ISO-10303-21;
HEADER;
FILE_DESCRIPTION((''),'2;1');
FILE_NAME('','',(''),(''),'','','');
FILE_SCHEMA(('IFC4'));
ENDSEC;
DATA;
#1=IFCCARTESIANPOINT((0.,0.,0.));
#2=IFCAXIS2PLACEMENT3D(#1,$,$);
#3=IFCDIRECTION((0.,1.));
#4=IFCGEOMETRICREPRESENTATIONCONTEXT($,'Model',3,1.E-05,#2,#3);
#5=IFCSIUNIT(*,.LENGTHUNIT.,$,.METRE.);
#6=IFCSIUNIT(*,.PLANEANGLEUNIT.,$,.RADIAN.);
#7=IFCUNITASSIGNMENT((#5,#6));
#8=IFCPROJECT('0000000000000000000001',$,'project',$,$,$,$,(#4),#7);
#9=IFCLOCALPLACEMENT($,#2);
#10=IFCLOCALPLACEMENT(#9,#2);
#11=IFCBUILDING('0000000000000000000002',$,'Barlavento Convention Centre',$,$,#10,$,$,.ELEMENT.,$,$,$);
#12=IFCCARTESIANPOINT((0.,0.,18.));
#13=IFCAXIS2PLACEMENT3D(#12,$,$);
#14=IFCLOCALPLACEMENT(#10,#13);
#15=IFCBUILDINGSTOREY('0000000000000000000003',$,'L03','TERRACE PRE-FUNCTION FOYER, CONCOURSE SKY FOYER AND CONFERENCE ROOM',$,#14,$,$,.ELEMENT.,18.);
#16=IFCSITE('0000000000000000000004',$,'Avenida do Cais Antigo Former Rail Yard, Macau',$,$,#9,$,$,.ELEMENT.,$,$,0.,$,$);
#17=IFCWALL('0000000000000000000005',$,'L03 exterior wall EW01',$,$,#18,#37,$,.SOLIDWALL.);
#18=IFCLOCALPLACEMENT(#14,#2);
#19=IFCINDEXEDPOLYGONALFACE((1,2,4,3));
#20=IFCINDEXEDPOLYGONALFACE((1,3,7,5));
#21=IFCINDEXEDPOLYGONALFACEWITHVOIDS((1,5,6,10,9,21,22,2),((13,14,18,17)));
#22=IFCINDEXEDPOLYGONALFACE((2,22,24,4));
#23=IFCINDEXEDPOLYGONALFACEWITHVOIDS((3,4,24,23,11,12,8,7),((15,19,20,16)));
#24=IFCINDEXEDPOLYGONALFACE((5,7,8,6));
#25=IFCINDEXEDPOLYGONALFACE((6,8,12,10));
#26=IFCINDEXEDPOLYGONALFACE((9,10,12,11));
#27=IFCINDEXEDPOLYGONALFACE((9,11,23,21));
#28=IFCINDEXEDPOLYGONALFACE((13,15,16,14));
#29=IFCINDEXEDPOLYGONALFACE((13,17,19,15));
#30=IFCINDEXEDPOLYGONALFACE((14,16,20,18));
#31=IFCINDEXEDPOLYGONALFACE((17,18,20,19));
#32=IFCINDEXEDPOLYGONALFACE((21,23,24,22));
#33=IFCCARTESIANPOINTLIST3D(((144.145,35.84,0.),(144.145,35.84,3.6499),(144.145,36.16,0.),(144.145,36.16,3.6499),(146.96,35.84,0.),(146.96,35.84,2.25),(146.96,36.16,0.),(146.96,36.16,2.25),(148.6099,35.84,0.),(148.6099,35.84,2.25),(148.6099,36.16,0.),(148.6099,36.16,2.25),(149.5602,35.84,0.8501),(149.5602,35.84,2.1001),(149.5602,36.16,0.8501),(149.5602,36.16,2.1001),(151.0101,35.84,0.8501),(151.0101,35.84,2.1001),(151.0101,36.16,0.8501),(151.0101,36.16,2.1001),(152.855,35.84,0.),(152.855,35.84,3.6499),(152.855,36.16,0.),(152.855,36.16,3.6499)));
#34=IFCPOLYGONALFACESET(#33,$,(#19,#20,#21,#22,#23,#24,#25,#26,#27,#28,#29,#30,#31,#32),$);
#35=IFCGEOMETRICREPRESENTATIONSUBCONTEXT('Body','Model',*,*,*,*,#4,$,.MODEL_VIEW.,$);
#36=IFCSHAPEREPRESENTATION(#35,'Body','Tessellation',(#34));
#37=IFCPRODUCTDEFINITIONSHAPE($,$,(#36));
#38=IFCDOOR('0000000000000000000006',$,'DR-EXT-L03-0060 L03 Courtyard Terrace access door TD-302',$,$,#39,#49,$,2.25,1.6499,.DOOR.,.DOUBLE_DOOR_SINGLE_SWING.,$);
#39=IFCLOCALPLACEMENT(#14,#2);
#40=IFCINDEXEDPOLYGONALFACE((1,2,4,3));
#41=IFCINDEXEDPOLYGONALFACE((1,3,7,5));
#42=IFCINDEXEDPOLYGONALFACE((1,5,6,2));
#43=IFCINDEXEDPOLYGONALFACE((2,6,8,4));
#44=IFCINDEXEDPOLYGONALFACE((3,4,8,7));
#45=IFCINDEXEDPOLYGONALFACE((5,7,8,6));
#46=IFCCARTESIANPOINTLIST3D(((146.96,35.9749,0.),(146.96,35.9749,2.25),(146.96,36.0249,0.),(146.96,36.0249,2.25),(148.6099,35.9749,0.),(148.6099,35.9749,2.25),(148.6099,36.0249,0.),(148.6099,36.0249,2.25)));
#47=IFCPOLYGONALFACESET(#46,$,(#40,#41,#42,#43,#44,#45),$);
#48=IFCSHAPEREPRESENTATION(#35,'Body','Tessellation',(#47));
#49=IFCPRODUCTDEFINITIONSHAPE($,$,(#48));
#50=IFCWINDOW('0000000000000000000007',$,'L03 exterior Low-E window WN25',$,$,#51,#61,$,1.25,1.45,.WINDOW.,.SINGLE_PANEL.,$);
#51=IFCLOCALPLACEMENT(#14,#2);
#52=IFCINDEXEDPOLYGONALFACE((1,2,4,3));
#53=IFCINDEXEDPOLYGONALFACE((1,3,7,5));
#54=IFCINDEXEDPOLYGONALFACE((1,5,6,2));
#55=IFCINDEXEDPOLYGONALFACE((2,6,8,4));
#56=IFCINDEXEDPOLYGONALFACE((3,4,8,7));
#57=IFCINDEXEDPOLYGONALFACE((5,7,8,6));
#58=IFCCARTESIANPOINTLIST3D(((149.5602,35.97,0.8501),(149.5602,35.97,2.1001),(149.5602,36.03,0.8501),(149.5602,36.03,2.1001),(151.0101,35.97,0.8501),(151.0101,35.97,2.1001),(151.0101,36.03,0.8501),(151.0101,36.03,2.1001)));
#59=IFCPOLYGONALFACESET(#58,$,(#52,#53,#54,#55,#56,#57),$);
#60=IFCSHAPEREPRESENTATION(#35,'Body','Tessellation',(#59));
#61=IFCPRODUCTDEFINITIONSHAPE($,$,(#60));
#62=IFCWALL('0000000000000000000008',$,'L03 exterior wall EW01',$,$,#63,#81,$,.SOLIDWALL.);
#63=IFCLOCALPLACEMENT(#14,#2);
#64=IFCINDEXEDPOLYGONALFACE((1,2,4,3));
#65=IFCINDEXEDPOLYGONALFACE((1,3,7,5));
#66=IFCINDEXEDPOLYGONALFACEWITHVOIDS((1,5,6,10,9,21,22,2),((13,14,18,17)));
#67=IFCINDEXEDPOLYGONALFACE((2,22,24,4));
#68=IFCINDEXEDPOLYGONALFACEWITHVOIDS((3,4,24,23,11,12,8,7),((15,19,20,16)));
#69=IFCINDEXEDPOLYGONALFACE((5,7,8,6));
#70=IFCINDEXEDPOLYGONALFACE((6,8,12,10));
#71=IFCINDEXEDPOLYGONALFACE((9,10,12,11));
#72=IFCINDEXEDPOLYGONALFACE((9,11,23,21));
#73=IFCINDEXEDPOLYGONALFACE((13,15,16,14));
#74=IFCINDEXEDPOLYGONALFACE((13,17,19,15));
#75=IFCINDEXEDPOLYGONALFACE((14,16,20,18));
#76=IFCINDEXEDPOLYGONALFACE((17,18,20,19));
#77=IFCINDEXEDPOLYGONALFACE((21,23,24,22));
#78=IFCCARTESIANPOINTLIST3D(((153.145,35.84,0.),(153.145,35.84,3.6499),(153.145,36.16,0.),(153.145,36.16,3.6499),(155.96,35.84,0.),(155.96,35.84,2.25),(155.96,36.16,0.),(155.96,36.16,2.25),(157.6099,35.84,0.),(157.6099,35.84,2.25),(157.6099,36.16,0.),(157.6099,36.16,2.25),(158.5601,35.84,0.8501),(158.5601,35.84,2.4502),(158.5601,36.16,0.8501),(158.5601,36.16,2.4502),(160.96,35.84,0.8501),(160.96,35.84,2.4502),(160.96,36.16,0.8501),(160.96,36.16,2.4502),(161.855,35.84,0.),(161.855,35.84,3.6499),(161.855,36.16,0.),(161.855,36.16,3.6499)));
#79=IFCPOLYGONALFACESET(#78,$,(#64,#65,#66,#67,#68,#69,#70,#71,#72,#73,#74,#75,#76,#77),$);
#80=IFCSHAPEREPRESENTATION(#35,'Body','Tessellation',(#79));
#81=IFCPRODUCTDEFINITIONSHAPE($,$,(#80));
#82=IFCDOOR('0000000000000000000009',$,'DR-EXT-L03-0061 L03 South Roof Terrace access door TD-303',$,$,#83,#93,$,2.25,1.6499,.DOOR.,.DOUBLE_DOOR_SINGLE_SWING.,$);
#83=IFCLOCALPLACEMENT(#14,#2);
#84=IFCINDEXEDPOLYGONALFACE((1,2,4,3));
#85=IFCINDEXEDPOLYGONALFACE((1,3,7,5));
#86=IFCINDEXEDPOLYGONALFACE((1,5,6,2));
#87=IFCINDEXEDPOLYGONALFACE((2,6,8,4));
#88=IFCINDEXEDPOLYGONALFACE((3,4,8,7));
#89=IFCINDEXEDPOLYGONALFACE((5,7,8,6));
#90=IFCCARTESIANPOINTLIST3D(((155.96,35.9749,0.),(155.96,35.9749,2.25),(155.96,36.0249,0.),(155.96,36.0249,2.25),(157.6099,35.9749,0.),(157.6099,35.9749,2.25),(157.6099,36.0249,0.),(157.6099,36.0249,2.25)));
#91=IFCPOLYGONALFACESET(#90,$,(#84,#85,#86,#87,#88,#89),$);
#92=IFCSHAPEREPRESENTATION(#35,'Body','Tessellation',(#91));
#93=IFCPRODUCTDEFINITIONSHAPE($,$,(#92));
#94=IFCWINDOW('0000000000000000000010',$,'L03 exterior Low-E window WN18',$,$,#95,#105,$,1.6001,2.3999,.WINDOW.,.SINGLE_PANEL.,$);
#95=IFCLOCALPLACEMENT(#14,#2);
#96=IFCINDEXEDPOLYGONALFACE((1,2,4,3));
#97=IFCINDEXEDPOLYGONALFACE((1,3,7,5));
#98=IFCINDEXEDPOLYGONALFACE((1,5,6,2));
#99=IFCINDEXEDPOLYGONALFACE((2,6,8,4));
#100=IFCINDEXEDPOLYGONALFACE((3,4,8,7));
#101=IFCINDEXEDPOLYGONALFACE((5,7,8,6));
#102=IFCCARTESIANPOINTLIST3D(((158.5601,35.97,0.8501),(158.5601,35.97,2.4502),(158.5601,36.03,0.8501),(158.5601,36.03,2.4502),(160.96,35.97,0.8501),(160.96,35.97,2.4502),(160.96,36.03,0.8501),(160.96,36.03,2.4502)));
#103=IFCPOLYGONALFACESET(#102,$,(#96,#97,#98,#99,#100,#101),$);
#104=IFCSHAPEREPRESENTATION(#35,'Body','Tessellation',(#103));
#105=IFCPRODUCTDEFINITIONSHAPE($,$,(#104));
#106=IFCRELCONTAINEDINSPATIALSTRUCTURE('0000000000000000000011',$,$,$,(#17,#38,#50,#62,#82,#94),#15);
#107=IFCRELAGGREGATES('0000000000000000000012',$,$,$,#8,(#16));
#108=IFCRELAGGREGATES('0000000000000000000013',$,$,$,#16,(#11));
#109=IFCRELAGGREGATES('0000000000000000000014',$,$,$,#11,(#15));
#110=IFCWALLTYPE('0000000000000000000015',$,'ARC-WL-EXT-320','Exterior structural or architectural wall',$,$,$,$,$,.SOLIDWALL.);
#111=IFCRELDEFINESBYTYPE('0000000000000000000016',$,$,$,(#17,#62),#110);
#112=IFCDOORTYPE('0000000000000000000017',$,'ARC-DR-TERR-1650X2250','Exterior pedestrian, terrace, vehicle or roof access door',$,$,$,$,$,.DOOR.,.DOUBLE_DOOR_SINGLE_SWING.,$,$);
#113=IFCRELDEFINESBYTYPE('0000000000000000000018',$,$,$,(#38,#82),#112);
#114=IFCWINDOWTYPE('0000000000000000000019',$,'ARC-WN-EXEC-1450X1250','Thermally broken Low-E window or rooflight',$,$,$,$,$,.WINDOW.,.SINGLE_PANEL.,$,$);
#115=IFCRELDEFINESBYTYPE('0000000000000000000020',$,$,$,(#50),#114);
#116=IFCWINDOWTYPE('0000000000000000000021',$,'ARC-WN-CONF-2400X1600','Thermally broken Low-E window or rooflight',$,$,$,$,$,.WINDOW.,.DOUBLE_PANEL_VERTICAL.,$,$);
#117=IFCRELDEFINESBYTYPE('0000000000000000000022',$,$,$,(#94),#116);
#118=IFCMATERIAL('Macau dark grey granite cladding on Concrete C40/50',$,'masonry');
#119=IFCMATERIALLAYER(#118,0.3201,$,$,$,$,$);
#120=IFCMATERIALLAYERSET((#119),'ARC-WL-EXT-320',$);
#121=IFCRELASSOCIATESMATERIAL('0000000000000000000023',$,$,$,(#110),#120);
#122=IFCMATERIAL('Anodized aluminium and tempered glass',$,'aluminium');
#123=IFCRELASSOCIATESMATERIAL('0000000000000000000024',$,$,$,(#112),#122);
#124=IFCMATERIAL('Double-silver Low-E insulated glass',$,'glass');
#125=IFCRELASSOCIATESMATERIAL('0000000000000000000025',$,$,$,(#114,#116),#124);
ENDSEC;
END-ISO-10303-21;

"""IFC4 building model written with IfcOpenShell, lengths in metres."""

from ifc_helpers import new_model, si_unit, direction, frame, frame_2d, origin, place, context, subcontext, project, spatial, rectangle, extrude, material, layer, layer_set, type_object, element, fill, save


model = new_model("IFC4")

# Units and contexts
model_context = context("Model", 3, precision=1e-05, world=origin(), true_north=direction((0.0, 1.0)))
body_context = subcontext(model_context, "Body", "Model", "MODEL_VIEW")
ifc_project = project(units=[si_unit("LENGTHUNIT", "METRE"), si_unit("PLANEANGLEUNIT", "RADIAN")], contexts=[model_context])

# Site, building, storey
site_placement = place(None, origin())
site = spatial("IfcSite", under=ifc_project, at=site_placement, Name="Avenida do Cais Antigo Former Rail Yard, Macau", CompositionType="ELEMENT", RefElevation=0.0)
building_placement = place(site_placement, origin())
building = spatial("IfcBuilding", under=site, at=building_placement, Name="Barlavento Convention Centre", CompositionType="ELEMENT")
storey_placement = place(building_placement, frame((0.0, 0.0, 18.0)))
storey = spatial("IfcBuildingStorey", under=building, at=storey_placement, Name="L03", Description="TERRACE PRE-FUNCTION FOYER, CONCOURSE SKY FOYER AND CONFERENCE ROOM", CompositionType="ELEMENT", Elevation=18.0)

# Walls, openings, doors, windows
ifc_material_1 = material(Name="Macau dark grey granite cladding on Concrete C40/50", Category="masonry")
ifc_layer_1 = layer(ifc_material_1, 0.3201)
ifc_layer_set_1 = layer_set([ifc_layer_1], Name="ARC-WL-EXT-320")
wall_type = type_object("IfcWallType", Name="ARC-WL-EXT-320", Description="Exterior structural or architectural wall", PredefinedType="SOLIDWALL", material=ifc_layer_set_1)
wall_1_placement = place(storey_placement, frame((144.145, 36.0, 0.0), z_axis=(0.0, 0.0, 1.0), x_axis=(1.0, 0.0, 0.0)))
wall_1 = element("IfcWall", 1, at=wall_1_placement, inside=storey, type_object=wall_type, Name="L03 exterior wall EW01", PredefinedType="SOLIDWALL", context=body_context, shape_type="SweptSolid", body=[
    extrude(rectangle(XDim=8.71, YDim=0.3201, at=frame_2d((4.355, 0.0))), origin(), (0.0, 0.0, 1.0), 3.6499),
])
opening_1_placement = place(wall_1_placement, frame((2.8149, 0.0, 0.0)))
opening_1 = element("IfcOpeningElement", 2, at=opening_1_placement, cuts=wall_1, PredefinedType="OPENING", context=body_context, shape_type="SweptSolid", body=[
    extrude(rectangle(XDim=1.6499, YDim=2.25, at=frame_2d((0.825, 1.125))), frame((0.0, 0.1699, 0.0), z_axis=(0.0, -1.0, 0.0), x_axis=(1.0, 0.0, 0.0)), (0.0, 0.0, 1.0), 0.3401),
])
opening_2_placement = place(wall_1_placement, frame((5.415, 0.0, 0.8501)))
opening_2 = element("IfcOpeningElement", 3, at=opening_2_placement, cuts=wall_1, PredefinedType="OPENING", context=body_context, shape_type="SweptSolid", body=[
    extrude(rectangle(XDim=1.45, YDim=1.25, at=frame_2d((0.7251, 0.625))), frame((0.0, 0.1699, 0.0), z_axis=(0.0, -1.0, 0.0), x_axis=(1.0, 0.0, 0.0)), (0.0, 0.0, 1.0), 0.3401),
])
ifc_material_2 = material(Name="Anodized aluminium and tempered glass", Category="aluminium")
door_type = type_object("IfcDoorType", Name="ARC-DR-TERR-1650X2250", Description="Exterior pedestrian, terrace, vehicle or roof access door", OperationType="DOUBLE_DOOR_SINGLE_SWING", PredefinedType="DOOR", material=ifc_material_2)
door_1_placement = place(opening_1_placement, origin())
door_1 = element("IfcDoor", 4, at=door_1_placement, inside=storey, type_object=door_type, Name="DR-EXT-L03-0060 L03 Courtyard Terrace access door TD-302", OperationType="DOUBLE_DOOR_SINGLE_SWING", OverallHeight=2.25, OverallWidth=1.6499, PredefinedType="DOOR", context=body_context, shape_type="SweptSolid", body=[
    extrude(rectangle(XDim=1.6499, YDim=2.25, at=frame_2d((0.825, 1.125))), frame((0.0, 0.0249, 0.0), z_axis=(0.0, -1.0, 0.0), x_axis=(1.0, 0.0, 0.0)), (0.0, 0.0, 1.0), 0.05),
])
fill(opening_1, door_1)
ifc_material_3 = material(Name="Double-silver Low-E insulated glass", Category="glass")
window_type_1 = type_object("IfcWindowType", Name="ARC-WN-EXEC-1450X1250", Description="Thermally broken Low-E window or rooflight", PartitioningType="SINGLE_PANEL", PredefinedType="WINDOW", material=ifc_material_3)
window_1_placement = place(opening_2_placement, origin())
window_1 = element("IfcWindow", 5, at=window_1_placement, inside=storey, type_object=window_type_1, Name="L03 exterior Low-E window WN25", OverallHeight=1.25, OverallWidth=1.45, PartitioningType="SINGLE_PANEL", PredefinedType="WINDOW", context=body_context, shape_type="SweptSolid", body=[
    extrude(rectangle(XDim=1.45, YDim=1.25, at=frame_2d((0.7251, 0.625))), frame((0.0, 0.03, 0.0), z_axis=(0.0, -1.0, 0.0), x_axis=(1.0, 0.0, 0.0)), (0.0, 0.0, 1.0), 0.0601),
])
fill(opening_2, window_1)
wall_2_placement = place(storey_placement, frame((153.145, 36.0, 0.0), z_axis=(0.0, 0.0, 1.0), x_axis=(1.0, 0.0, 0.0)))
wall_2 = element("IfcWall", 6, at=wall_2_placement, inside=storey, type_object=wall_type, Name="L03 exterior wall EW01", PredefinedType="SOLIDWALL", context=body_context, shape_type="SweptSolid", body=[
    extrude(rectangle(XDim=8.71, YDim=0.3201, at=frame_2d((4.355, 0.0))), origin(), (0.0, 0.0, 1.0), 3.6499),
])
opening_3_placement = place(wall_2_placement, frame((2.8149, 0.0, 0.0)))
opening_3 = element("IfcOpeningElement", 7, at=opening_3_placement, cuts=wall_2, PredefinedType="OPENING", context=body_context, shape_type="SweptSolid", body=[
    extrude(rectangle(XDim=1.6499, YDim=2.25, at=frame_2d((0.825, 1.125))), frame((0.0, 0.1699, 0.0), z_axis=(0.0, -1.0, 0.0), x_axis=(1.0, 0.0, 0.0)), (0.0, 0.0, 1.0), 0.3401),
])
opening_4_placement = place(wall_2_placement, frame((5.415, 0.0, 0.8501)))
opening_4 = element("IfcOpeningElement", 8, at=opening_4_placement, cuts=wall_2, PredefinedType="OPENING", context=body_context, shape_type="SweptSolid", body=[
    extrude(rectangle(XDim=2.3999, YDim=1.6001, at=frame_2d((1.2, 0.8))), frame((0.0, 0.1699, 0.0), z_axis=(0.0, -1.0, 0.0), x_axis=(1.0, 0.0, 0.0)), (0.0, 0.0, 1.0), 0.3401),
])
door_2_placement = place(opening_3_placement, origin())
door_2 = element("IfcDoor", 9, at=door_2_placement, inside=storey, type_object=door_type, Name="DR-EXT-L03-0061 L03 South Roof Terrace access door TD-303", OperationType="DOUBLE_DOOR_SINGLE_SWING", OverallHeight=2.25, OverallWidth=1.6499, PredefinedType="DOOR", context=body_context, shape_type="SweptSolid", body=[
    extrude(rectangle(XDim=1.6499, YDim=2.25, at=frame_2d((0.825, 1.125))), frame((0.0, 0.0249, 0.0), z_axis=(0.0, -1.0, 0.0), x_axis=(1.0, 0.0, 0.0)), (0.0, 0.0, 1.0), 0.05),
])
fill(opening_3, door_2)
window_type_2 = type_object("IfcWindowType", Name="ARC-WN-CONF-2400X1600", Description="Thermally broken Low-E window or rooflight", PartitioningType="DOUBLE_PANEL_VERTICAL", PredefinedType="WINDOW", material=ifc_material_3)
window_2_placement = place(opening_4_placement, origin())
window_2 = element("IfcWindow", 10, at=window_2_placement, inside=storey, type_object=window_type_2, Name="L03 exterior Low-E window WN18", OverallHeight=1.6001, OverallWidth=2.3999, PartitioningType="SINGLE_PANEL", PredefinedType="WINDOW", context=body_context, shape_type="SweptSolid", body=[
    extrude(rectangle(XDim=2.3999, YDim=1.6001, at=frame_2d((1.2, 0.8))), frame((0.0, 0.03, 0.0), z_axis=(0.0, -1.0, 0.0), x_axis=(1.0, 0.0, 0.0)), (0.0, 0.0, 1.0), 0.0601),
])
fill(opening_4, window_2)

save(model, "model.ifc")
